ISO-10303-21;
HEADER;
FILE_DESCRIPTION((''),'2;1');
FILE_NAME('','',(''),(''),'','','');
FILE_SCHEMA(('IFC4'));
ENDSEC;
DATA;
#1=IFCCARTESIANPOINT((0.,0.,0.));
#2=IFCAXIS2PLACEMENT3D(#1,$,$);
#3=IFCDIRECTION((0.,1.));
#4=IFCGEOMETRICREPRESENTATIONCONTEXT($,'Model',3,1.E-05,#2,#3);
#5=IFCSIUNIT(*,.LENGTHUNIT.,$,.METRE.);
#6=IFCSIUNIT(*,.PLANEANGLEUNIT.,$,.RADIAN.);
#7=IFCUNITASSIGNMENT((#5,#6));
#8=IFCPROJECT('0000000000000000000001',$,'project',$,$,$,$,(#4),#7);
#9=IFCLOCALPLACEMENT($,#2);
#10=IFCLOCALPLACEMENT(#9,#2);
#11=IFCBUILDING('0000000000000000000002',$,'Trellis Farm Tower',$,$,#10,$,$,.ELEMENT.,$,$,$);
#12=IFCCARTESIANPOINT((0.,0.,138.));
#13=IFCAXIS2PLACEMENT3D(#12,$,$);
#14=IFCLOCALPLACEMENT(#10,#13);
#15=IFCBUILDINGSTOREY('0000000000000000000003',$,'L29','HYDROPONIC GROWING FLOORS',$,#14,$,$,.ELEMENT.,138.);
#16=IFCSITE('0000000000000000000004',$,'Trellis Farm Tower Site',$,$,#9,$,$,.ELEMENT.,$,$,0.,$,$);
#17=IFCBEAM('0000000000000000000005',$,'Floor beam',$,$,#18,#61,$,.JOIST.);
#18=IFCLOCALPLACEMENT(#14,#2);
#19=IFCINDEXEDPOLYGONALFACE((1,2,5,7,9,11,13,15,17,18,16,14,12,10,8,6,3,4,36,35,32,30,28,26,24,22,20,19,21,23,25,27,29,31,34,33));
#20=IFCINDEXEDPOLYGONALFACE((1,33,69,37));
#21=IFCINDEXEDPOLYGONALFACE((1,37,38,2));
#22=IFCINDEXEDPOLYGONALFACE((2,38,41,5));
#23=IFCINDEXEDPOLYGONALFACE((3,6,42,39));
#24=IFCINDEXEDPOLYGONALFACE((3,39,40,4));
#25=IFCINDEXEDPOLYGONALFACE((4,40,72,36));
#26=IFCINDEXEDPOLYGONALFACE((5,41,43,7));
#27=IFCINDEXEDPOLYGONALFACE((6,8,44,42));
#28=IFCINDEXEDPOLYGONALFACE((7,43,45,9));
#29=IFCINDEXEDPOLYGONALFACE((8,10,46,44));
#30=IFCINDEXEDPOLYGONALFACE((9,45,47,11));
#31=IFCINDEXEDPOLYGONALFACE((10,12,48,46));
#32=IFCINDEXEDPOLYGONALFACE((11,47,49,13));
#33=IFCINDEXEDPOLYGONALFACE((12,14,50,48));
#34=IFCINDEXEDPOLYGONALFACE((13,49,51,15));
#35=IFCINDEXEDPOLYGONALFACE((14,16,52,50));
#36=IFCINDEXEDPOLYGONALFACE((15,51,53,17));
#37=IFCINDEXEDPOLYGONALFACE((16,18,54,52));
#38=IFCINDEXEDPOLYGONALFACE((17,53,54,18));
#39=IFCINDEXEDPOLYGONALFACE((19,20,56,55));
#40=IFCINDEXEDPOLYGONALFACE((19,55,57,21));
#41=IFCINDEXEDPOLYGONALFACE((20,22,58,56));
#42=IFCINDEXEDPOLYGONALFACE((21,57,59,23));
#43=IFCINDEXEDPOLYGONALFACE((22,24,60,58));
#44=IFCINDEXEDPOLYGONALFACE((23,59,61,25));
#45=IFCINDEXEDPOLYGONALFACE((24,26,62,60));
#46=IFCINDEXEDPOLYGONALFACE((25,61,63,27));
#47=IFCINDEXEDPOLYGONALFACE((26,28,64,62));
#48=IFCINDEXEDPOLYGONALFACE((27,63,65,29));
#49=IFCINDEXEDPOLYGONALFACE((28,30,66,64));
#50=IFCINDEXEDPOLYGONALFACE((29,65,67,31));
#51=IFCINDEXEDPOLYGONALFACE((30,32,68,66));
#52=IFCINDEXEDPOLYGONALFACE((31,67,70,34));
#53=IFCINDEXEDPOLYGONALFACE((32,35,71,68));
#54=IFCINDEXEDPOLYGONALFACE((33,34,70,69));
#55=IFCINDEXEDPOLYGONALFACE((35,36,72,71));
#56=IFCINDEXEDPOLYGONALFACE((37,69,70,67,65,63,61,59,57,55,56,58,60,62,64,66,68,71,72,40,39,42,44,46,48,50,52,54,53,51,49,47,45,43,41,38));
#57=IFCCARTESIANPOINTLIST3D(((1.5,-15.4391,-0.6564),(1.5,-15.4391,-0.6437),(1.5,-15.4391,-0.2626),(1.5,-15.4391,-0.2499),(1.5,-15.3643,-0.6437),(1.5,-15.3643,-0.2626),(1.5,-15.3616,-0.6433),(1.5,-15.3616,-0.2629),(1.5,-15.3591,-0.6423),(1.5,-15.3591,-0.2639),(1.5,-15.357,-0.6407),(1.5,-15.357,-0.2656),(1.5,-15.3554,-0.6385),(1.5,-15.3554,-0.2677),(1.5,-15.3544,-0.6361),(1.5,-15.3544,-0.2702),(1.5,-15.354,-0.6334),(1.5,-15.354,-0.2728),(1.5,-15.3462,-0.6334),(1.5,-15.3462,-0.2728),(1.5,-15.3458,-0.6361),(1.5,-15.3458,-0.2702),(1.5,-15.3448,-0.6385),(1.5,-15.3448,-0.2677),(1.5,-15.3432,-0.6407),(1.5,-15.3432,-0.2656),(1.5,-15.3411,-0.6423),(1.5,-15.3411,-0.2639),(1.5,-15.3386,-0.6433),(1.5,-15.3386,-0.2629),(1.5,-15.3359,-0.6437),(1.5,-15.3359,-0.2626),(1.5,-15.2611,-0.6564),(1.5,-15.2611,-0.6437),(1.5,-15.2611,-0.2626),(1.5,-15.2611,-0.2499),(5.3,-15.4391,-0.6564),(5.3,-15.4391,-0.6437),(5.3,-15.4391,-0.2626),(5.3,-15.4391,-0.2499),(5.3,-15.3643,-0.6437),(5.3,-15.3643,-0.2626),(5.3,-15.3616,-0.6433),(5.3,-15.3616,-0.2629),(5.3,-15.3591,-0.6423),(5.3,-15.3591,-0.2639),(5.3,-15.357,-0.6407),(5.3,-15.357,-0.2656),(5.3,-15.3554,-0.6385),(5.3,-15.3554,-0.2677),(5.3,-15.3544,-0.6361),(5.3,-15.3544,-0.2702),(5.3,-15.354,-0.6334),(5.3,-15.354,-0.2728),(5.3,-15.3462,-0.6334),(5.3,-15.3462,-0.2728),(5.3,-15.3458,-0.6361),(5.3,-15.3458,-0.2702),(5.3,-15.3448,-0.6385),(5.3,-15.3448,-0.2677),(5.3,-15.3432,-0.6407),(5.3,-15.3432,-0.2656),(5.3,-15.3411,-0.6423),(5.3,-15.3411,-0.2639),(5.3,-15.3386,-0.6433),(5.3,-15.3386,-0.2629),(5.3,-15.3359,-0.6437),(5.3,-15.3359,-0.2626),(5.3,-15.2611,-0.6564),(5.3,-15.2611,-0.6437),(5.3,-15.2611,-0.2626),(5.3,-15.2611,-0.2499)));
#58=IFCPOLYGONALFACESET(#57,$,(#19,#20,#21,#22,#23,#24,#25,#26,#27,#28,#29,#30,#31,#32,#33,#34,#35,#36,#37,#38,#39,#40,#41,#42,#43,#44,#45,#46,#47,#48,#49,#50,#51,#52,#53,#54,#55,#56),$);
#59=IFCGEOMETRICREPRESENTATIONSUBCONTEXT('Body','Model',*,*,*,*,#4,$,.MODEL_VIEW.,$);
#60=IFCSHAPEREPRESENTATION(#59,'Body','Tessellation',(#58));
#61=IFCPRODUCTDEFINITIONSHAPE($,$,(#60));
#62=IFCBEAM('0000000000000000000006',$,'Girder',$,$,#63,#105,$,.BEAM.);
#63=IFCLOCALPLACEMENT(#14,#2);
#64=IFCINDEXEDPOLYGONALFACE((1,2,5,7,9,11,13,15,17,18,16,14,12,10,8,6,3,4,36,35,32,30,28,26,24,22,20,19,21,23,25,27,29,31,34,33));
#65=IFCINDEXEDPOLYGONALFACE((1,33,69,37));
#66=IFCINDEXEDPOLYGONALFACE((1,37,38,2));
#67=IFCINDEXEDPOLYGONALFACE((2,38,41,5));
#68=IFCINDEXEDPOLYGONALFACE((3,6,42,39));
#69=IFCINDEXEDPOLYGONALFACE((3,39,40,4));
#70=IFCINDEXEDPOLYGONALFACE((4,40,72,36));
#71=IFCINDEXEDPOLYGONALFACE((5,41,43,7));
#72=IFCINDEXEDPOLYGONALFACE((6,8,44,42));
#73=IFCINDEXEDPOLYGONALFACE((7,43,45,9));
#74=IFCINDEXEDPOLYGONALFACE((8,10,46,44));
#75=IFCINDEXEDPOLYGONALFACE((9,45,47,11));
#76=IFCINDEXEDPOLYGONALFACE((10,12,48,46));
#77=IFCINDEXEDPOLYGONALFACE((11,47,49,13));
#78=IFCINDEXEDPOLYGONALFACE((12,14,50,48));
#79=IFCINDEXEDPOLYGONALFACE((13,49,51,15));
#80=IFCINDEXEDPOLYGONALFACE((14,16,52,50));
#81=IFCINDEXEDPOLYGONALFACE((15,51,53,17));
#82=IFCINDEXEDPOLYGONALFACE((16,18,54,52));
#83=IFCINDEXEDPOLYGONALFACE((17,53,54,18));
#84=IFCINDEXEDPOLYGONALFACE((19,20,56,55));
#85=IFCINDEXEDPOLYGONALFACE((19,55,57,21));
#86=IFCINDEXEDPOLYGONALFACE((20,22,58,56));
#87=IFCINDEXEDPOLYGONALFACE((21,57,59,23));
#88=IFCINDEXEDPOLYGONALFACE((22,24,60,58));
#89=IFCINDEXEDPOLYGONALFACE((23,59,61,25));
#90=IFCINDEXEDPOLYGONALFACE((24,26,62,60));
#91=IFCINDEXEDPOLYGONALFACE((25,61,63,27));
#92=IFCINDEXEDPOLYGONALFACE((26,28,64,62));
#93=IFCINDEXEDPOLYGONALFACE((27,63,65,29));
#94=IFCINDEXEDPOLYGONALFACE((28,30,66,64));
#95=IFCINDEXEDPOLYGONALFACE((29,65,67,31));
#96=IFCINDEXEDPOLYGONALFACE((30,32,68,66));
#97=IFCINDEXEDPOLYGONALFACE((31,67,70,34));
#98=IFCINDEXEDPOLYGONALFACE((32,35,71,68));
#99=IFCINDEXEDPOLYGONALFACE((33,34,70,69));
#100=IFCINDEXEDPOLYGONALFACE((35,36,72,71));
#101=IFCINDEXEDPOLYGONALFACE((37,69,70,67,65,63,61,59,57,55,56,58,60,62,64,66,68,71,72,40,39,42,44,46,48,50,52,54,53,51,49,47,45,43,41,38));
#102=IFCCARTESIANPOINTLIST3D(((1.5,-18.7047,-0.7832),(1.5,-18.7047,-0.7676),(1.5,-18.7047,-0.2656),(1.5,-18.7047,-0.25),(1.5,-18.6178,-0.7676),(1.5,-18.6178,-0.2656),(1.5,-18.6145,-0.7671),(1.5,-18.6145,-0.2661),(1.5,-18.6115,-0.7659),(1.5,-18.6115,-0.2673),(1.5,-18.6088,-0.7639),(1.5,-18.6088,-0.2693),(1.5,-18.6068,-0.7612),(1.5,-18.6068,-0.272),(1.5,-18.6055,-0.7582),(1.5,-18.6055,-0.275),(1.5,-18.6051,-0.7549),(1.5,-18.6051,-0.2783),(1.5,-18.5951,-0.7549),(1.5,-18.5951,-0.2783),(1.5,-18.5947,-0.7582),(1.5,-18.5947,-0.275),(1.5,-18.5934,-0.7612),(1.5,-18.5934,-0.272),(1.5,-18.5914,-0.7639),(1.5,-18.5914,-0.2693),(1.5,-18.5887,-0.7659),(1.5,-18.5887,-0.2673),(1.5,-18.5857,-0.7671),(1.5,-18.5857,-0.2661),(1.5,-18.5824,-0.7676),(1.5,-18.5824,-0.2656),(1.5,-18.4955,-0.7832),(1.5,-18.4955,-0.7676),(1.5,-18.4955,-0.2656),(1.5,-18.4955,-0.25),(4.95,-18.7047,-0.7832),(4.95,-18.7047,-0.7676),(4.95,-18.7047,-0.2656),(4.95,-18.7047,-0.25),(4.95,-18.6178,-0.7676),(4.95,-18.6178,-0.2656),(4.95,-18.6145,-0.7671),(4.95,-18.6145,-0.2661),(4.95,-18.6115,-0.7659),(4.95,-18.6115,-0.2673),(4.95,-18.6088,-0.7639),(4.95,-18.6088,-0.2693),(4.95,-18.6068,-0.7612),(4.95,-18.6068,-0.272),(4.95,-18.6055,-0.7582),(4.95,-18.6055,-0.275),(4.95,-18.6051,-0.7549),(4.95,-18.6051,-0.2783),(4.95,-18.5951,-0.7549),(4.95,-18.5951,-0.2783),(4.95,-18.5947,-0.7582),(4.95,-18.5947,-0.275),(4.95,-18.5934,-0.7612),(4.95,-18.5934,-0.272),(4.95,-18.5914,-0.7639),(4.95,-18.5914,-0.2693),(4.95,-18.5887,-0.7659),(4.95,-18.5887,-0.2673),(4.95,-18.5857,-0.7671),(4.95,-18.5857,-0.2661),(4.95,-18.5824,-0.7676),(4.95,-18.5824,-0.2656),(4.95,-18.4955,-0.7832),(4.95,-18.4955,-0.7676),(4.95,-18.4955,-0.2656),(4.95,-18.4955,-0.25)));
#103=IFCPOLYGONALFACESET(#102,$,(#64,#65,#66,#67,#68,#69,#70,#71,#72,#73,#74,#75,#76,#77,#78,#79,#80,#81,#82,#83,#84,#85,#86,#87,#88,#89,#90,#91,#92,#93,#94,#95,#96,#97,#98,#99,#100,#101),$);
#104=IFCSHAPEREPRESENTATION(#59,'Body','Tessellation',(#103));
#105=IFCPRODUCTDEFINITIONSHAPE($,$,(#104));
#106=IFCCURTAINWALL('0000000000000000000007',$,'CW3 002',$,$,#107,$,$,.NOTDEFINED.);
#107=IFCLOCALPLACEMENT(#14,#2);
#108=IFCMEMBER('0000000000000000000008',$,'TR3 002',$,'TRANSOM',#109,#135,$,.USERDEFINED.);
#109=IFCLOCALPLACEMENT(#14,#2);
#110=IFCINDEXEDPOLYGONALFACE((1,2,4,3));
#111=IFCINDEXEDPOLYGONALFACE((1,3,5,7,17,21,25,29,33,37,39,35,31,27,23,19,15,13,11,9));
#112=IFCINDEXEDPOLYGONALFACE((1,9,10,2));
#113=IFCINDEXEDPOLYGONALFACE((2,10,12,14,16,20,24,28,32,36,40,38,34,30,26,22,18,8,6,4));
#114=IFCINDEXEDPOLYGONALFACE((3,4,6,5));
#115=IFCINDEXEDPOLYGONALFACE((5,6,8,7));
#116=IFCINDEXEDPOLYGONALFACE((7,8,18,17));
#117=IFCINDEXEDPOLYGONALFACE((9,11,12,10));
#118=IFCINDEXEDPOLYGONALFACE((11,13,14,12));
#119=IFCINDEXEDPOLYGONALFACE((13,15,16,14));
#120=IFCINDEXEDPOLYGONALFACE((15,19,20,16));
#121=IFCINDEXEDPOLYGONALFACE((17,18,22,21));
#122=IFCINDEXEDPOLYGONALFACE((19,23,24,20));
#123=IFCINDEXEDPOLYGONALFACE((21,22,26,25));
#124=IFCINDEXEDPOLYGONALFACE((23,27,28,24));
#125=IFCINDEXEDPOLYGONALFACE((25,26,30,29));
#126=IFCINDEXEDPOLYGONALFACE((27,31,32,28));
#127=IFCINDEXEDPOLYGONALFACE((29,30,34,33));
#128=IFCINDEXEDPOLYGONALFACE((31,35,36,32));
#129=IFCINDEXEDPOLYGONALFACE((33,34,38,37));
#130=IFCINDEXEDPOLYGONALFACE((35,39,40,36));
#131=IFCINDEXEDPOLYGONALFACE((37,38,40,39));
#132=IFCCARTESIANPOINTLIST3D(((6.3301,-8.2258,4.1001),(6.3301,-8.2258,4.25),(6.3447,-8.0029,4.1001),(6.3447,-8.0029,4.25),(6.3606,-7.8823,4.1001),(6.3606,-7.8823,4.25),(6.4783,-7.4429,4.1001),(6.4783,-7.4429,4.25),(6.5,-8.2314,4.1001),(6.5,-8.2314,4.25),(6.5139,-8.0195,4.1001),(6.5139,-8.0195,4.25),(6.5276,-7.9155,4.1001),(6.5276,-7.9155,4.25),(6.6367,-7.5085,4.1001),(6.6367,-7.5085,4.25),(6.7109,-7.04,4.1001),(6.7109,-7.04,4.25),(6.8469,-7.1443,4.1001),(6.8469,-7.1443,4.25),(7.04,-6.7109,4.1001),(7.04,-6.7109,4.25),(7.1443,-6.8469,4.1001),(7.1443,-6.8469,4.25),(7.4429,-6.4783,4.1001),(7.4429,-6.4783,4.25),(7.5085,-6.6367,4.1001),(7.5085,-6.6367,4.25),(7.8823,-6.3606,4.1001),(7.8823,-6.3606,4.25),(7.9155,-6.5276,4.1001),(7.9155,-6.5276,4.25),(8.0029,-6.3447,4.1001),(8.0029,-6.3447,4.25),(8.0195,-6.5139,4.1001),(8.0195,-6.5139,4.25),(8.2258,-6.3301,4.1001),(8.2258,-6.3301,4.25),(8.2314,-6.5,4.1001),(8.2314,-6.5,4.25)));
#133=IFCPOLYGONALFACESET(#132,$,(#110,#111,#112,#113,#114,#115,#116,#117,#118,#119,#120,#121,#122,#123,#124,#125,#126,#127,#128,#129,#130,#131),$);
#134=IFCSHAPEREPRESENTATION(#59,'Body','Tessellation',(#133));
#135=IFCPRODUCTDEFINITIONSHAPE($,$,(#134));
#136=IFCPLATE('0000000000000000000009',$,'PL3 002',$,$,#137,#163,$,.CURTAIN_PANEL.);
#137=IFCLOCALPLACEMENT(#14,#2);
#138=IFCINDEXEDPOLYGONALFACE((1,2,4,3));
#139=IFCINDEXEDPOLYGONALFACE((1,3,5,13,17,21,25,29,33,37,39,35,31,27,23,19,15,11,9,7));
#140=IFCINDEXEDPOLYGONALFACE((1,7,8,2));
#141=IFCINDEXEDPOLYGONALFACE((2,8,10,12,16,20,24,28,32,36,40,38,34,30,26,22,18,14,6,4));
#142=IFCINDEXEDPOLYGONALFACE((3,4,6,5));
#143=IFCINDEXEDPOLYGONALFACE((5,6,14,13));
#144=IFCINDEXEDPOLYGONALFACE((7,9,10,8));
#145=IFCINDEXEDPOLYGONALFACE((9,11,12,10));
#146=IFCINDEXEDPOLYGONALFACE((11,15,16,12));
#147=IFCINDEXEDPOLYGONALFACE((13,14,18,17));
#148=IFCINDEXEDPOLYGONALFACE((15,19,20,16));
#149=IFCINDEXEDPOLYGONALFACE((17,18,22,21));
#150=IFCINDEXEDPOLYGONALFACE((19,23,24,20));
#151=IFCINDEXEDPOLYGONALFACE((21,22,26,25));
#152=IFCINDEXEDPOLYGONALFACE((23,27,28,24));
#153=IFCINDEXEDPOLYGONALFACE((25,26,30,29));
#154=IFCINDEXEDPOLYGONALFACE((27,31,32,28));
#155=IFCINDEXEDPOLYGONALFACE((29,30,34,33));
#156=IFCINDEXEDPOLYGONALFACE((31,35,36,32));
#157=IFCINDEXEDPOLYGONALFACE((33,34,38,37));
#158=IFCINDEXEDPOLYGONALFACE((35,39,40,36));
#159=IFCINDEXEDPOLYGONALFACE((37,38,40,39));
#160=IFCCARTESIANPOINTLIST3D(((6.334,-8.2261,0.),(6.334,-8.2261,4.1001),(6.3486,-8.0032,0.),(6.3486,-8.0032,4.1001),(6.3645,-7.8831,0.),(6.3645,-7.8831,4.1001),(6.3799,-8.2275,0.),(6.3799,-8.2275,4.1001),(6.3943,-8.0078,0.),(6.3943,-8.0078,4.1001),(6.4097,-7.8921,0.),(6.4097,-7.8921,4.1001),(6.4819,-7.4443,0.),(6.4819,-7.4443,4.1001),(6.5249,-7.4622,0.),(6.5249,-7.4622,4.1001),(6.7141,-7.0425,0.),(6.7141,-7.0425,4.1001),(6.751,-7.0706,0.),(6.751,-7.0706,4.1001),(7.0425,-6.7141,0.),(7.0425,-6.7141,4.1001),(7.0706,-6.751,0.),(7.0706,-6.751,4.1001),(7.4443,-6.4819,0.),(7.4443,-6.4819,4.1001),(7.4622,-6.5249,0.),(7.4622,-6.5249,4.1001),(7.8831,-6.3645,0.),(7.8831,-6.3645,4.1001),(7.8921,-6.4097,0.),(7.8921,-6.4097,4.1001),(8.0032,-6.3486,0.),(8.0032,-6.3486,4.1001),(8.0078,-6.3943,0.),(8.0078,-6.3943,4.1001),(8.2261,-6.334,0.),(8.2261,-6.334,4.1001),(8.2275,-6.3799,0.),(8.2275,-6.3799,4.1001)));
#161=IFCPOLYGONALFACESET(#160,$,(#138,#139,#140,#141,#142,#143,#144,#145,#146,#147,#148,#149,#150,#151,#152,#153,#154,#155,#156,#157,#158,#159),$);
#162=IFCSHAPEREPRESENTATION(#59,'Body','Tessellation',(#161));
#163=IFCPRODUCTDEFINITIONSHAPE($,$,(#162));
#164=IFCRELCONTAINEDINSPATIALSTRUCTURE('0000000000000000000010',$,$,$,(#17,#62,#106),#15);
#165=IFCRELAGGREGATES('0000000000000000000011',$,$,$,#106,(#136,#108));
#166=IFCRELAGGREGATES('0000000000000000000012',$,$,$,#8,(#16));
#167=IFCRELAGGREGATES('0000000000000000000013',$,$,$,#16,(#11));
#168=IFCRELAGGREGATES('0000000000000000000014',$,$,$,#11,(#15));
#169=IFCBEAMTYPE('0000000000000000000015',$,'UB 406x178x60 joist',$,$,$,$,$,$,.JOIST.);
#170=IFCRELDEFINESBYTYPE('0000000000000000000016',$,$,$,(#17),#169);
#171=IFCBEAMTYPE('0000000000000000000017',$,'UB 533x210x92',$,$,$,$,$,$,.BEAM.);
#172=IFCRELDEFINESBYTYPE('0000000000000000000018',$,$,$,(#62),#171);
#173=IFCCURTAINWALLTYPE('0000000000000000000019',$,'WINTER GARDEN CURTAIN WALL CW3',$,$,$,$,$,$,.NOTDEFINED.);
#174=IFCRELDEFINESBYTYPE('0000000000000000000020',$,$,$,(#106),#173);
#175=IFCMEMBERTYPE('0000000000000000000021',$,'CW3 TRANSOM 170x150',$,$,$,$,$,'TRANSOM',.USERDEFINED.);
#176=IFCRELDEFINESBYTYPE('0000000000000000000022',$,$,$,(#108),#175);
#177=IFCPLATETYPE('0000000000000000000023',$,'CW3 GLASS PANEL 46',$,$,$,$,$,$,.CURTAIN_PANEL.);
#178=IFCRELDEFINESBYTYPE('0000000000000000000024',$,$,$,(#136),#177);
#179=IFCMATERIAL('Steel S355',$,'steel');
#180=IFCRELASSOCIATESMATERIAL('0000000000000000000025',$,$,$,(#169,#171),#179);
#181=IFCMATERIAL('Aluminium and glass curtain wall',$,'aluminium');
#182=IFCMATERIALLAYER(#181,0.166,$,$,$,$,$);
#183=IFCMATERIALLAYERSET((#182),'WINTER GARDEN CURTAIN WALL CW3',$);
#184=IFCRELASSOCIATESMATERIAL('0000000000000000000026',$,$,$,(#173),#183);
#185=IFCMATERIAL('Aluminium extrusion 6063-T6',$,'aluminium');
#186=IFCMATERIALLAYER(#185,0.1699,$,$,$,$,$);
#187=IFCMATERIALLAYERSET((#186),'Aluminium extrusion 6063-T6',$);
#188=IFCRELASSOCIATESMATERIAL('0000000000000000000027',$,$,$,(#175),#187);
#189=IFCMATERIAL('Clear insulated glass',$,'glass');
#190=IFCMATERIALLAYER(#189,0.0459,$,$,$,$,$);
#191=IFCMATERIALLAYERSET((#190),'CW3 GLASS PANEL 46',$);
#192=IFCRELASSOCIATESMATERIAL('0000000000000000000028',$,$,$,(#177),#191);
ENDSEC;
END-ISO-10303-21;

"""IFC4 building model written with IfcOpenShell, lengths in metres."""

from ifc_helpers import new_model, si_unit, direction, frame, origin, origin_2d, place, context, subcontext, project, spatial, polyline, i_section, outline, extrude, source, transform, mapped, material, layer, layer_set, material_profile, profile_set, type_object, element, aggregate, save


model = new_model("IFC4")

# Units and contexts
model_context = context("Model", 3, precision=1e-05, world=origin(), true_north=direction((0.0, 1.0)))
body_context = subcontext(model_context, "Body", "Model", "MODEL_VIEW")
ifc_project = project(units=[si_unit("LENGTHUNIT", "METRE"), si_unit("PLANEANGLEUNIT", "RADIAN")], contexts=[model_context])

# Site, building, storey
site_placement = place(None, origin())
site = spatial("IfcSite", under=ifc_project, at=site_placement, Name="Trellis Farm Tower Site", CompositionType="ELEMENT", RefElevation=0.0)
building_placement = place(site_placement, origin())
building = spatial("IfcBuilding", under=site, at=building_placement, Name="Trellis Farm Tower", CompositionType="ELEMENT")
storey_placement = place(building_placement, frame((0.0, 0.0, 138.0)))
storey = spatial("IfcBuildingStorey", under=building, at=storey_placement, Name="L29", Description="HYDROPONIC GROWING FLOORS", CompositionType="ELEMENT", Elevation=138.0)

# Beams
ifc_material_1 = material(Name="Steel S355", Category="steel")
ifc_material_profile_1 = material_profile(ifc_material_1, i_section(OverallWidth=0.178, OverallDepth=0.4065, WebThickness=0.0078, FlangeThickness=0.0127, FilletRadius=0.0103, at=origin_2d()), Name="UB 406x178x60")
ifc_profile_set_1 = profile_set([ifc_material_profile_1], Name="Steel S355")
beam_type_1 = type_object("IfcBeamType", Name="UB 406x178x60 joist", PredefinedType="JOIST", material=ifc_profile_set_1)
shared_shape_1 = source(origin(), body_context, "Body", "SweptSolid", [
    extrude(i_section(OverallWidth=0.178, OverallDepth=0.4065, WebThickness=0.0078, FlangeThickness=0.0127, FilletRadius=0.0103, at=origin_2d()), origin(), (0.0, 0.0, 1.0), 3.8),
])
beam_1_placement = place(storey_placement, frame((1.5, -15.3501, -0.4531), z_axis=(1.0, 0.0, 0.0), x_axis=(0.0, 1.0, 0.0)))
element("IfcBeam", 1, at=beam_1_placement, inside=storey, type_object=beam_type_1, Name="Floor beam", PredefinedType="JOIST", context=body_context, shape_type="MappedRepresentation", body=[
    mapped(shared_shape_1, transform((0.0, 0.0, 0.0))),
])
ifc_material_profile_2 = material_profile(ifc_material_1, i_section(OverallWidth=0.2092, OverallDepth=0.5332, WebThickness=0.01, FlangeThickness=0.0156, FilletRadius=0.0127, at=origin_2d()), Name="UB 533x210x92")
ifc_profile_set_2 = profile_set([ifc_material_profile_2], Name="Steel S355")
beam_type_2 = type_object("IfcBeamType", Name="UB 533x210x92", PredefinedType="BEAM", material=ifc_profile_set_2)
shared_shape_2 = source(origin(), body_context, "Body", "SweptSolid", [
    extrude(i_section(OverallWidth=0.2092, OverallDepth=0.5332, WebThickness=0.01, FlangeThickness=0.0156, FilletRadius=0.0127, at=origin_2d()), origin(), (0.0, 0.0, 1.0), 3.45),
])
beam_2_placement = place(storey_placement, frame((1.5, -18.6001, -0.5166), z_axis=(1.0, 0.0, 0.0), x_axis=(0.0, 1.0, 0.0)))
element("IfcBeam", 2, at=beam_2_placement, inside=storey, type_object=beam_type_2, Name="Girder", PredefinedType="BEAM", context=body_context, shape_type="MappedRepresentation", body=[
    mapped(shared_shape_2, transform((0.0, 0.0, 0.0))),
])

# Curtain wall, member, plate
ifc_material_2 = material(Name="Aluminium and glass curtain wall", Category="aluminium")
ifc_layer_1 = layer(ifc_material_2, 0.166)
ifc_layer_set_1 = layer_set([ifc_layer_1], Name="WINTER GARDEN CURTAIN WALL CW3")
curtain_wall_type_1 = type_object("IfcCurtainWallType", Name="WINTER GARDEN CURTAIN WALL CW3", PredefinedType="NOTDEFINED", material=ifc_layer_set_1)
placement_1 = place(storey_placement, origin())
curtain_wall_1 = element("IfcCurtainWall", 3, at=placement_1, inside=storey, type_object=curtain_wall_type_1, Name="CW3 002", PredefinedType="NOTDEFINED")
ifc_material_3 = material(Name="Aluminium extrusion 6063-T6", Category="aluminium")
ifc_layer_2 = layer(ifc_material_3, 0.1699)
ifc_layer_set_2 = layer_set([ifc_layer_2], Name="Aluminium extrusion 6063-T6")
member_type = type_object("IfcMemberType", Name="CW3 TRANSOM 170x150", ElementType="TRANSOM", PredefinedType="USERDEFINED", material=ifc_layer_set_2)
shared_shape_3 = source(origin(), body_context, "Body", "SweptSolid", [
    extrude(outline(polyline([(6.5, -8.2314), (6.5139, -8.0195), (6.5276, -7.9155), (6.6367, -7.5085), (6.8469, -7.1443), (7.1443, -6.8469), (7.5085, -6.6367), (7.9155, -6.5276), (8.0195, -6.5139), (8.2314, -6.5), (8.2258, -6.3301), (8.0029, -6.3447), (7.8823, -6.3606), (7.4429, -6.4783), (7.04, -6.7109), (6.7109, -7.04), (6.4783, -7.4429), (6.3606, -7.8823), (6.3447, -8.0029), (6.3301, -8.2258), (6.5, -8.2314)])), origin(), (0.0, 0.0, 1.0), 0.1499),
])
member_placement = place(storey_placement, frame((0.0, 0.0, 4.1001)))
member = element("IfcMember", 4, at=member_placement, type_object=member_type, Name="TR3 002", ObjectType="TRANSOM", PredefinedType="USERDEFINED", context=body_context, shape_type="MappedRepresentation", body=[
    mapped(shared_shape_3, transform((0.0, 0.0, 0.0))),
])
ifc_material_4 = material(Name="Clear insulated glass", Category="glass")
ifc_layer_3 = layer(ifc_material_4, 0.0459)
ifc_layer_set_3 = layer_set([ifc_layer_3], Name="CW3 GLASS PANEL 46")
plate_type_1 = type_object("IfcPlateType", Name="CW3 GLASS PANEL 46", PredefinedType="CURTAIN_PANEL", material=ifc_layer_set_3)
shared_shape_4 = source(origin(), body_context, "Body", "SweptSolid", [
    extrude(outline(polyline([(6.3799, -8.2275), (6.3943, -8.0078), (6.4097, -7.8921), (6.5249, -7.4622), (6.751, -7.0706), (7.0706, -6.751), (7.4622, -6.5249), (7.8921, -6.4097), (8.0078, -6.3943), (8.2275, -6.3799), (8.2261, -6.334), (8.0032, -6.3486), (7.8831, -6.3645), (7.4443, -6.4819), (7.0425, -6.7141), (6.7141, -7.0425), (6.4819, -7.4443), (6.3645, -7.8831), (6.3486, -8.0032), (6.334, -8.2261), (6.3799, -8.2275)])), origin(), (0.0, 0.0, 1.0), 4.1001),
])
plate_1 = element("IfcPlate", 5, at=placement_1, type_object=plate_type_1, Name="PL3 002", PredefinedType="CURTAIN_PANEL", context=body_context, shape_type="MappedRepresentation", body=[
    mapped(shared_shape_4, transform((0.0, 0.0, 0.0))),
])
aggregate(curtain_wall_1, [plate_1, member])

save(model, "model.ifc")
